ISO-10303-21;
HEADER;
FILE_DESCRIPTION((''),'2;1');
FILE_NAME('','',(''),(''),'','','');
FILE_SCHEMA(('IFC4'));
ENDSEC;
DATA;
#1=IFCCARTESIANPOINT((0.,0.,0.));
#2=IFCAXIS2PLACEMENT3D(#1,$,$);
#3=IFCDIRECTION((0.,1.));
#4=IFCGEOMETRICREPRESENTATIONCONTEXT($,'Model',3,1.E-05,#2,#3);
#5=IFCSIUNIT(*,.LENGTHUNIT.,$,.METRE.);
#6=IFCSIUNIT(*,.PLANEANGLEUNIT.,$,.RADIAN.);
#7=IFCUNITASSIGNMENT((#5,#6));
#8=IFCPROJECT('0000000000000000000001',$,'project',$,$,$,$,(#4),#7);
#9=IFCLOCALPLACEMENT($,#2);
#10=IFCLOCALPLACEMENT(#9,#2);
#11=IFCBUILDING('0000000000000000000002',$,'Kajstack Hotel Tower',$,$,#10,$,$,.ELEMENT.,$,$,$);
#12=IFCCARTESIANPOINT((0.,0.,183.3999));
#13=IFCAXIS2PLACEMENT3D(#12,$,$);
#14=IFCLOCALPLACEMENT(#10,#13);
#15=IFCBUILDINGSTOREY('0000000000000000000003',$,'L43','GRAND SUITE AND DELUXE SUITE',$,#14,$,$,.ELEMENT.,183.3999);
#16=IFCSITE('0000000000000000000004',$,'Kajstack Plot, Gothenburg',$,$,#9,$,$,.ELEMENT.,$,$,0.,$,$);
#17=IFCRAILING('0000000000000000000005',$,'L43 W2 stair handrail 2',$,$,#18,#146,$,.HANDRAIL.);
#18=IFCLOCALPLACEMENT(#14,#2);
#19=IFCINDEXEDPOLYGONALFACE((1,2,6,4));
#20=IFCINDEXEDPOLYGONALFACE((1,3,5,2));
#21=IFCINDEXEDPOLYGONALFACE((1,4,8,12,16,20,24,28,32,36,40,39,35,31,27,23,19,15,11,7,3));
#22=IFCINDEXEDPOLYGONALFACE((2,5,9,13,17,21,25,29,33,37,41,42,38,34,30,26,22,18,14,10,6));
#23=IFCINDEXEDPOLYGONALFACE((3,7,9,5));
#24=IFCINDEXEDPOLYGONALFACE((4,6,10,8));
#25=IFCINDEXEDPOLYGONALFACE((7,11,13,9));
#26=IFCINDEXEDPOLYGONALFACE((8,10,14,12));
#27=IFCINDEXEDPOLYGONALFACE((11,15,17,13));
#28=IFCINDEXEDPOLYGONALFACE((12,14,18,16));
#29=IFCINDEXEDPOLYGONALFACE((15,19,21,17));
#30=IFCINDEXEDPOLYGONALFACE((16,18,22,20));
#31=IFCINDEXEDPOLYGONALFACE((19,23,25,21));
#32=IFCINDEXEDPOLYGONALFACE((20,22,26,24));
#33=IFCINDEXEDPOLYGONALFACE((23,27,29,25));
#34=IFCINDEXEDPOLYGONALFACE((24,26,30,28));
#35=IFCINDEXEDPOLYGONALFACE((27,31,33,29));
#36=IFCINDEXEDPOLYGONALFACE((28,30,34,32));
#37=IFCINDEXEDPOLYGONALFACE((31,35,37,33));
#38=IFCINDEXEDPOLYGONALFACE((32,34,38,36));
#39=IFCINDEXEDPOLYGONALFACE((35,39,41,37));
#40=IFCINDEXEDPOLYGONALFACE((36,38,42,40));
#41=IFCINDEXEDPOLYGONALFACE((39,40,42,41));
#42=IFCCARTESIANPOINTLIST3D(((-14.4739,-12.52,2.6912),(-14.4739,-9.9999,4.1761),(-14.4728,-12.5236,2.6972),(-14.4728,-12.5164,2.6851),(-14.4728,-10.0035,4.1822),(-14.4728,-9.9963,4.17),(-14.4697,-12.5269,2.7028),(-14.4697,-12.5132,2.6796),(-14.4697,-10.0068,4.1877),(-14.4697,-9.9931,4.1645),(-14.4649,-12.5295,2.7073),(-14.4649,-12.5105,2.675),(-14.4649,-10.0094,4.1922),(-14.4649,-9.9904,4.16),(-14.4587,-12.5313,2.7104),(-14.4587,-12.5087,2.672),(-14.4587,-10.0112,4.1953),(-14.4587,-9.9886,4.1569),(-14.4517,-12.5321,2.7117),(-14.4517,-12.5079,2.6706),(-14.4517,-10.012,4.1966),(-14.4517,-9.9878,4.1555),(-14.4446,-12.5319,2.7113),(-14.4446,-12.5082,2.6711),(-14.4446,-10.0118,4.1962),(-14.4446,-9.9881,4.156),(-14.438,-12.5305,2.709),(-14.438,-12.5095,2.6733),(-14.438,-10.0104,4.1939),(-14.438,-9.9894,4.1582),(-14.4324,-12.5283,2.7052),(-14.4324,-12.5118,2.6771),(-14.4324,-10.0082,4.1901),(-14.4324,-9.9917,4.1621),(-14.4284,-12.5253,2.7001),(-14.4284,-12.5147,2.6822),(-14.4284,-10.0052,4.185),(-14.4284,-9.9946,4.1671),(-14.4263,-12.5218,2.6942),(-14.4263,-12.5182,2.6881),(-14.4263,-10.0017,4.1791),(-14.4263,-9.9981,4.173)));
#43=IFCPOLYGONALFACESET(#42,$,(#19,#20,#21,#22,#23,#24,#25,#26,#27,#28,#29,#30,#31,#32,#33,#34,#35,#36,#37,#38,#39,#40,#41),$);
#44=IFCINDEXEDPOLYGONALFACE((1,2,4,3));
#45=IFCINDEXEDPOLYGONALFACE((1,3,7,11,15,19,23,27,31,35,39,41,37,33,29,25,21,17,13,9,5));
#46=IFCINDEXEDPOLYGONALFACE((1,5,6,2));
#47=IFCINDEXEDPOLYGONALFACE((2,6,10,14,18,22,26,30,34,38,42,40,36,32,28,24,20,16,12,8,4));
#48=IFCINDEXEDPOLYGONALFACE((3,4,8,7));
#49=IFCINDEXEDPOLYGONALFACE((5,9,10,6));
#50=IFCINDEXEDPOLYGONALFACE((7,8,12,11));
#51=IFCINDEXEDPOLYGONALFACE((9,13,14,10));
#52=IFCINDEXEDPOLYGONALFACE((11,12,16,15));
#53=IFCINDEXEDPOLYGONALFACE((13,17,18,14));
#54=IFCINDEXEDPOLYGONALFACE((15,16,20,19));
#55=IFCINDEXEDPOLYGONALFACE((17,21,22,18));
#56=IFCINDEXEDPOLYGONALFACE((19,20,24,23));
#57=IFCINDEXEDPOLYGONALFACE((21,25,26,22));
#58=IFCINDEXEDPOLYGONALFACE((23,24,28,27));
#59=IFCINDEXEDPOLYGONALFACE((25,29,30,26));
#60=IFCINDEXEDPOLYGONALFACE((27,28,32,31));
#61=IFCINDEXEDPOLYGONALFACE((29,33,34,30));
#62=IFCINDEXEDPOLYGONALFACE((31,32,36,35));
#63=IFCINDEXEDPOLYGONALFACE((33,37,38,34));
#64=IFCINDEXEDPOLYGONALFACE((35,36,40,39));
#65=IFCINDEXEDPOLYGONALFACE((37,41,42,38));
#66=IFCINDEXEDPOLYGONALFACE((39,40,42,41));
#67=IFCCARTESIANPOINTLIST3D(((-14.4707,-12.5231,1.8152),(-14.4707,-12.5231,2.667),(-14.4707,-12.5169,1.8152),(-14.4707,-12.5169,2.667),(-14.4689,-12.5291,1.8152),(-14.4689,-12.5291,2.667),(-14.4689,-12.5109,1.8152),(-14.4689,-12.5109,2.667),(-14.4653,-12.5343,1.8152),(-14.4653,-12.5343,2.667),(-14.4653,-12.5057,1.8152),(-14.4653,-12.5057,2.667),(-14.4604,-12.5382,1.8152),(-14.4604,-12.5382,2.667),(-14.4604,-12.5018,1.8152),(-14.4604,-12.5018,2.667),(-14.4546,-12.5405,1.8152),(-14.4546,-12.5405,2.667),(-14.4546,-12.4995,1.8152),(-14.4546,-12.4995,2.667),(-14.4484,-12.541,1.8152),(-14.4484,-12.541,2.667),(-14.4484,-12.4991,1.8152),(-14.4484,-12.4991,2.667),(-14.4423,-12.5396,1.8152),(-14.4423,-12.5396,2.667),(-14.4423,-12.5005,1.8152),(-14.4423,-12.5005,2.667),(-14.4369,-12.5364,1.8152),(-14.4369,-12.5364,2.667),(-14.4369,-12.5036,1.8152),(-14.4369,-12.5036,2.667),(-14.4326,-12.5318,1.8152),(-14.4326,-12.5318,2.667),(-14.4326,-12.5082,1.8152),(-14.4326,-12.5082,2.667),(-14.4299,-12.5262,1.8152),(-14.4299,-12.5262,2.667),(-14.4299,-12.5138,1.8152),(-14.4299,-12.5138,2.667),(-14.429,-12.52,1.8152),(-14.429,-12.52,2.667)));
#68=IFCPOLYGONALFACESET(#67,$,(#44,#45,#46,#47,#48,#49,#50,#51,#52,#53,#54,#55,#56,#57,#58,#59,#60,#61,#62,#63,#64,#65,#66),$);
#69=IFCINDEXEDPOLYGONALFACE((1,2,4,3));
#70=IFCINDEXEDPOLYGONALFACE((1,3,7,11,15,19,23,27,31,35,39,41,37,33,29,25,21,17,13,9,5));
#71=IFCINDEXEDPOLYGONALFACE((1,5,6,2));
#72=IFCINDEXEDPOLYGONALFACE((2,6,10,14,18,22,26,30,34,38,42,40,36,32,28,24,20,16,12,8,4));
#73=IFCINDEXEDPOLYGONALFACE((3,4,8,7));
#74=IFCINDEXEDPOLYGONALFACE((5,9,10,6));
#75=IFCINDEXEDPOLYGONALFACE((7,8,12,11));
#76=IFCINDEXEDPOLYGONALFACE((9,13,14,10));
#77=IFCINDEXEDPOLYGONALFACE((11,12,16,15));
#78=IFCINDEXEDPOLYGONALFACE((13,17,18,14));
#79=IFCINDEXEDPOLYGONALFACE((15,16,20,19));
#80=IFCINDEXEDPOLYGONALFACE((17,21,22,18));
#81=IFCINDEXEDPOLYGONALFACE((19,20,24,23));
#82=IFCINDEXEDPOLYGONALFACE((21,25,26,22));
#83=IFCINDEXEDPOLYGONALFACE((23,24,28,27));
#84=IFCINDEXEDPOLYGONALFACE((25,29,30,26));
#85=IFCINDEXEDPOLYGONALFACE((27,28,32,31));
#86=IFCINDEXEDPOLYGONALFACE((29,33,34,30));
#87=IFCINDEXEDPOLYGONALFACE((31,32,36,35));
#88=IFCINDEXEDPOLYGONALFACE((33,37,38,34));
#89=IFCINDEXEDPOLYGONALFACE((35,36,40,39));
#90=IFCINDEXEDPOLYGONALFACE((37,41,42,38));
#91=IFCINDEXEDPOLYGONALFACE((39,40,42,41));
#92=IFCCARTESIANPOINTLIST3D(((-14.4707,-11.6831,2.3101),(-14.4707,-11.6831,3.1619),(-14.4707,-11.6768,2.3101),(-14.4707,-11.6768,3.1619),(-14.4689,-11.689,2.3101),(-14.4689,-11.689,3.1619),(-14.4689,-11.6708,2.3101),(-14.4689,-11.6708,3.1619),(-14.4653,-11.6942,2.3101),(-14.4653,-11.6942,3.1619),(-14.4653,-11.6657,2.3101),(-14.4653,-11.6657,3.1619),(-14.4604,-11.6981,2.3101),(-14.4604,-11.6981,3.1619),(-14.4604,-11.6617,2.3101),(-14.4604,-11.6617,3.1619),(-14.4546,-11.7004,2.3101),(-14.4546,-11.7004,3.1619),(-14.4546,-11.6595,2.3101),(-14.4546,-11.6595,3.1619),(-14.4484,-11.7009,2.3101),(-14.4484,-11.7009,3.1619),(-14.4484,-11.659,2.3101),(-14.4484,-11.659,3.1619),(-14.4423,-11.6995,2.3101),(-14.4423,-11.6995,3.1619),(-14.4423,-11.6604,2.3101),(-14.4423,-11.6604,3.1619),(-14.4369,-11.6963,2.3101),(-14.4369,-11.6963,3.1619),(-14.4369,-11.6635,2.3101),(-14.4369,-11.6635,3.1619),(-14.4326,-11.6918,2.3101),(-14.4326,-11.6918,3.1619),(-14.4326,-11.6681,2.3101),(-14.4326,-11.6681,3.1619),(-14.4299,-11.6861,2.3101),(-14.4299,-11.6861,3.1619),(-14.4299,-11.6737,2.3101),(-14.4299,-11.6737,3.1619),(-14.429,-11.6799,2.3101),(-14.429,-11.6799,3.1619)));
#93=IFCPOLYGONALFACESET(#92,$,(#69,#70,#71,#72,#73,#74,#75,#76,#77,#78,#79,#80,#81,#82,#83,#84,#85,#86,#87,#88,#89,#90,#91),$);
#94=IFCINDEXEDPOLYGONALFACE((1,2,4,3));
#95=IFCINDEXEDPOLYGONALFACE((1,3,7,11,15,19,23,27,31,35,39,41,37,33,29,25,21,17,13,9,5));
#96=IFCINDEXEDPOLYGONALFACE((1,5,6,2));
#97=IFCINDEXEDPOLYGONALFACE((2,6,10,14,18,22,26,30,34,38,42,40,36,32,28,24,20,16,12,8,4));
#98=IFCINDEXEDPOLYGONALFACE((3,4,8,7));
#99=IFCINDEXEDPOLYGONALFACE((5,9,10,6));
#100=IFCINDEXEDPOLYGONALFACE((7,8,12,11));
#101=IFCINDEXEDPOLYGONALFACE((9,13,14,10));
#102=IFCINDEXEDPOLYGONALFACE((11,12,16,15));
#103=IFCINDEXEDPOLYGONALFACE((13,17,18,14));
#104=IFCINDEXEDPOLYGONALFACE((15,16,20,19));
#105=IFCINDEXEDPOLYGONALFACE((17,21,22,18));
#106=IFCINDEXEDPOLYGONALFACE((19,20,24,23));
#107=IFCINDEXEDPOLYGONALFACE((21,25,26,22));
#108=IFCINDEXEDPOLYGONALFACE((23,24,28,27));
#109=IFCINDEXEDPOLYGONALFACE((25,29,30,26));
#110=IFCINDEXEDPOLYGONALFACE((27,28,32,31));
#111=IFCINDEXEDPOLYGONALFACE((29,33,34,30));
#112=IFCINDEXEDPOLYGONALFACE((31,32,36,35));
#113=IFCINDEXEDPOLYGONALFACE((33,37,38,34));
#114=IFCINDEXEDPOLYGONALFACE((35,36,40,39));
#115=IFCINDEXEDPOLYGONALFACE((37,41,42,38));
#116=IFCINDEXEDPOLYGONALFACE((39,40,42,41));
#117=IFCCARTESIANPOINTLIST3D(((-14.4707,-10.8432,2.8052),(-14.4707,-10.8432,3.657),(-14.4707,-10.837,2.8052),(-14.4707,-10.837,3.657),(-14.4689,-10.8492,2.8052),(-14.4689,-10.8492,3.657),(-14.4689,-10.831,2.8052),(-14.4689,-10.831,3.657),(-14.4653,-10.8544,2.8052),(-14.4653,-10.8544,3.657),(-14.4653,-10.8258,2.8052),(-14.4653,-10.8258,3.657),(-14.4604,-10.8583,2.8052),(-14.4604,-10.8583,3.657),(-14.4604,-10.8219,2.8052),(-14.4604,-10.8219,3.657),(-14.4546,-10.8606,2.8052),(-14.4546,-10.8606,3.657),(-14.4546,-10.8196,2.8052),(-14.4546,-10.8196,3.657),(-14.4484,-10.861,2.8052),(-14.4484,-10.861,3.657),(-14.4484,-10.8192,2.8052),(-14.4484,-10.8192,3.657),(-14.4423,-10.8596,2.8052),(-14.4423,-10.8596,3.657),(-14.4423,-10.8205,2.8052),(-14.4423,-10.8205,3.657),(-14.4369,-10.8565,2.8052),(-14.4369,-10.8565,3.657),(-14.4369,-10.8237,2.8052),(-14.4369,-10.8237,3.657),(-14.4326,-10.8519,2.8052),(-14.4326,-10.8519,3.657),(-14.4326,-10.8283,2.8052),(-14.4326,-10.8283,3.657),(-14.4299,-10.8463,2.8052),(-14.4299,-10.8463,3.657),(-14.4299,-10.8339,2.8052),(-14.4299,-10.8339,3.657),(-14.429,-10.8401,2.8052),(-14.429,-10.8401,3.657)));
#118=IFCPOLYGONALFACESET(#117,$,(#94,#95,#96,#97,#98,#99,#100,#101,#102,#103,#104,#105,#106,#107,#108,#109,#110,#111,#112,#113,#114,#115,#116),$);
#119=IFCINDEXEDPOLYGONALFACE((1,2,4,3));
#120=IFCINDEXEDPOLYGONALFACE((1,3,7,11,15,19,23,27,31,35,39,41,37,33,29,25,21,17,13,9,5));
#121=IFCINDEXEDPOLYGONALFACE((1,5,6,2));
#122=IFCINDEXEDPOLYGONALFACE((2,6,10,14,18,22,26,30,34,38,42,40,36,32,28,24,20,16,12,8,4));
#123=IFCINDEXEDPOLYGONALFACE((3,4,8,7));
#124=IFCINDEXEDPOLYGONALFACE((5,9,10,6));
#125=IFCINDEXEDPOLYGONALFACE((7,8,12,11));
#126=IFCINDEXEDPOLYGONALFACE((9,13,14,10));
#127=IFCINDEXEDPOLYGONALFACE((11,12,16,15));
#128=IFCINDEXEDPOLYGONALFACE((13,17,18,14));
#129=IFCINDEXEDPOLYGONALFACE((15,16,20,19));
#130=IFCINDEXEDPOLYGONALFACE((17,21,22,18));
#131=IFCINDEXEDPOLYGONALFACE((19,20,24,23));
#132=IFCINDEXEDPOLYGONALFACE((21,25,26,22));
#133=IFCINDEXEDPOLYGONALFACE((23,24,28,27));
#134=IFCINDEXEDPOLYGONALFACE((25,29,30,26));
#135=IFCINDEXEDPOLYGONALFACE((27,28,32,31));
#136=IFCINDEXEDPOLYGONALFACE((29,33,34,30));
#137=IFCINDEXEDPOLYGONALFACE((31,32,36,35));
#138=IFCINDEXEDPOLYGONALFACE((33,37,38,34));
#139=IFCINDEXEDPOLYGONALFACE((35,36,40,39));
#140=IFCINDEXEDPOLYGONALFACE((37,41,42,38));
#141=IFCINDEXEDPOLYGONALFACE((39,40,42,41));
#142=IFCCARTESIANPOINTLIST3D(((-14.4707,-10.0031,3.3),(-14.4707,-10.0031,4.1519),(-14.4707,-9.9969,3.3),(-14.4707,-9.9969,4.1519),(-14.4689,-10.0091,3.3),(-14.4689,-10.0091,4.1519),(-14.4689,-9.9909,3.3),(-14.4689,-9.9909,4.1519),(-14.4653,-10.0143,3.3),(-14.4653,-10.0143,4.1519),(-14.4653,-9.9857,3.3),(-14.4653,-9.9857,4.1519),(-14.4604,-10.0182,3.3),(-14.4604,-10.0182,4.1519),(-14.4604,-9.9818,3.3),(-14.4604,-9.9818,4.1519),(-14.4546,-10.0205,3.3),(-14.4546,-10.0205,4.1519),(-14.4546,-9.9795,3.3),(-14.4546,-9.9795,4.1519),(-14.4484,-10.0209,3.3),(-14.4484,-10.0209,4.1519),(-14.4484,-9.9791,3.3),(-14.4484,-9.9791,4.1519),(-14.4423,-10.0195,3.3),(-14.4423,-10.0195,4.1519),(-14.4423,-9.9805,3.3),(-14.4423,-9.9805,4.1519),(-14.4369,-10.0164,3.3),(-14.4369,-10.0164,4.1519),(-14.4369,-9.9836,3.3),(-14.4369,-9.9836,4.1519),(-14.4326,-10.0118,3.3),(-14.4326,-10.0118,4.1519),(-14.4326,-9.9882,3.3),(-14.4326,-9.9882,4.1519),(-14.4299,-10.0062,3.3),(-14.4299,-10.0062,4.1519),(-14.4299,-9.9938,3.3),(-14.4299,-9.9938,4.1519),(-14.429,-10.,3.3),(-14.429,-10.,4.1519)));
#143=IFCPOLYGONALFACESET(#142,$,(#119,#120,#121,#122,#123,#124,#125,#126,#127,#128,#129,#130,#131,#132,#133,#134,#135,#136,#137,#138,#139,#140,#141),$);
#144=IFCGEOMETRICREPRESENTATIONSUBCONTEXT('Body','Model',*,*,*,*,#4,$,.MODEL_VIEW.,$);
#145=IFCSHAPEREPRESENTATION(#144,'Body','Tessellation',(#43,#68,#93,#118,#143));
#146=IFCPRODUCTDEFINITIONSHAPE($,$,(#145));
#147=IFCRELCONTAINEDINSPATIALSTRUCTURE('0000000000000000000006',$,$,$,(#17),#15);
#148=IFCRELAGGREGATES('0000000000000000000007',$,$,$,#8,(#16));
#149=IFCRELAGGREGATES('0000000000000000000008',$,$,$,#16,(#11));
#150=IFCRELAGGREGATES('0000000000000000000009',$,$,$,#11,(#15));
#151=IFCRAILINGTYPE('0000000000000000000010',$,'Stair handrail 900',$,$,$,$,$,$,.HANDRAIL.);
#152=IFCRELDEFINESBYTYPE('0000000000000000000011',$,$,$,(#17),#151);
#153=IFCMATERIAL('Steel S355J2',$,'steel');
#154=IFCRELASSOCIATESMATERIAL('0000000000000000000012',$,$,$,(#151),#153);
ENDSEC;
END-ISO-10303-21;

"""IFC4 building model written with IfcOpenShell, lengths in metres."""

from ifc_helpers import new_model, si_unit, direction, frame, origin, origin_2d, place, context, subcontext, project, spatial, circle, extrude, material, type_object, element, save


model = new_model("IFC4")

# Units and contexts
model_context = context("Model", 3, precision=1e-05, world=origin(), true_north=direction((0.0, 1.0)))
body_context = subcontext(model_context, "Body", "Model", "MODEL_VIEW")
ifc_project = project(units=[si_unit("LENGTHUNIT", "METRE"), si_unit("PLANEANGLEUNIT", "RADIAN")], contexts=[model_context])

# Site, building, storey
site_placement = place(None, origin())
site = spatial("IfcSite", under=ifc_project, at=site_placement, Name="Kajstack Plot, Gothenburg", CompositionType="ELEMENT", RefElevation=0.0)
building_placement = place(site_placement, origin())
building = spatial("IfcBuilding", under=site, at=building_placement, Name="Kajstack Hotel Tower", CompositionType="ELEMENT")
storey_placement = place(building_placement, frame((0.0, 0.0, 183.3999)))
storey = spatial("IfcBuildingStorey", under=building, at=storey_placement, Name="L43", Description="GRAND SUITE AND DELUXE SUITE", CompositionType="ELEMENT", Elevation=183.3999)

# Railing
ifc_material_1 = material(Name="Steel S355J2", Category="steel")
railing_type = type_object("IfcRailingType", Name="Stair handrail 900", PredefinedType="HANDRAIL", material=ifc_material_1)
railing_placement = place(storey_placement, frame((-14.45, -12.52, 1.8152)))
element("IfcRailing", 1, at=railing_placement, inside=storey, type_object=railing_type, Name="L43 W2 stair handrail 2", PredefinedType="HANDRAIL", context=body_context, shape_type="SweptSolid", body=[
    extrude(circle(Radius=0.0239, at=origin_2d()), frame((0.0, 0.0, 0.876), z_axis=(0.0, 0.861561, 0.507655), x_axis=(-1.0, 0.0, 0.0)), (0.0, 0.0, 1.0), 2.925),
    extrude(circle(Radius=0.021, at=origin_2d()), origin(), (0.0, 0.0, 1.0), 0.8518),
    extrude(circle(Radius=0.021, at=origin_2d()), frame((0.0, 0.8401, 0.4949)), (0.0, 0.0, 1.0), 0.8518),
    extrude(circle(Radius=0.021, at=origin_2d()), frame((0.0, 1.6799, 0.99)), (0.0, 0.0, 1.0), 0.8518),
    extrude(circle(Radius=0.021, at=origin_2d()), frame((0.0, 2.52, 1.4849)), (0.0, 0.0, 1.0), 0.8518),
])

save(model, "model.ifc")
